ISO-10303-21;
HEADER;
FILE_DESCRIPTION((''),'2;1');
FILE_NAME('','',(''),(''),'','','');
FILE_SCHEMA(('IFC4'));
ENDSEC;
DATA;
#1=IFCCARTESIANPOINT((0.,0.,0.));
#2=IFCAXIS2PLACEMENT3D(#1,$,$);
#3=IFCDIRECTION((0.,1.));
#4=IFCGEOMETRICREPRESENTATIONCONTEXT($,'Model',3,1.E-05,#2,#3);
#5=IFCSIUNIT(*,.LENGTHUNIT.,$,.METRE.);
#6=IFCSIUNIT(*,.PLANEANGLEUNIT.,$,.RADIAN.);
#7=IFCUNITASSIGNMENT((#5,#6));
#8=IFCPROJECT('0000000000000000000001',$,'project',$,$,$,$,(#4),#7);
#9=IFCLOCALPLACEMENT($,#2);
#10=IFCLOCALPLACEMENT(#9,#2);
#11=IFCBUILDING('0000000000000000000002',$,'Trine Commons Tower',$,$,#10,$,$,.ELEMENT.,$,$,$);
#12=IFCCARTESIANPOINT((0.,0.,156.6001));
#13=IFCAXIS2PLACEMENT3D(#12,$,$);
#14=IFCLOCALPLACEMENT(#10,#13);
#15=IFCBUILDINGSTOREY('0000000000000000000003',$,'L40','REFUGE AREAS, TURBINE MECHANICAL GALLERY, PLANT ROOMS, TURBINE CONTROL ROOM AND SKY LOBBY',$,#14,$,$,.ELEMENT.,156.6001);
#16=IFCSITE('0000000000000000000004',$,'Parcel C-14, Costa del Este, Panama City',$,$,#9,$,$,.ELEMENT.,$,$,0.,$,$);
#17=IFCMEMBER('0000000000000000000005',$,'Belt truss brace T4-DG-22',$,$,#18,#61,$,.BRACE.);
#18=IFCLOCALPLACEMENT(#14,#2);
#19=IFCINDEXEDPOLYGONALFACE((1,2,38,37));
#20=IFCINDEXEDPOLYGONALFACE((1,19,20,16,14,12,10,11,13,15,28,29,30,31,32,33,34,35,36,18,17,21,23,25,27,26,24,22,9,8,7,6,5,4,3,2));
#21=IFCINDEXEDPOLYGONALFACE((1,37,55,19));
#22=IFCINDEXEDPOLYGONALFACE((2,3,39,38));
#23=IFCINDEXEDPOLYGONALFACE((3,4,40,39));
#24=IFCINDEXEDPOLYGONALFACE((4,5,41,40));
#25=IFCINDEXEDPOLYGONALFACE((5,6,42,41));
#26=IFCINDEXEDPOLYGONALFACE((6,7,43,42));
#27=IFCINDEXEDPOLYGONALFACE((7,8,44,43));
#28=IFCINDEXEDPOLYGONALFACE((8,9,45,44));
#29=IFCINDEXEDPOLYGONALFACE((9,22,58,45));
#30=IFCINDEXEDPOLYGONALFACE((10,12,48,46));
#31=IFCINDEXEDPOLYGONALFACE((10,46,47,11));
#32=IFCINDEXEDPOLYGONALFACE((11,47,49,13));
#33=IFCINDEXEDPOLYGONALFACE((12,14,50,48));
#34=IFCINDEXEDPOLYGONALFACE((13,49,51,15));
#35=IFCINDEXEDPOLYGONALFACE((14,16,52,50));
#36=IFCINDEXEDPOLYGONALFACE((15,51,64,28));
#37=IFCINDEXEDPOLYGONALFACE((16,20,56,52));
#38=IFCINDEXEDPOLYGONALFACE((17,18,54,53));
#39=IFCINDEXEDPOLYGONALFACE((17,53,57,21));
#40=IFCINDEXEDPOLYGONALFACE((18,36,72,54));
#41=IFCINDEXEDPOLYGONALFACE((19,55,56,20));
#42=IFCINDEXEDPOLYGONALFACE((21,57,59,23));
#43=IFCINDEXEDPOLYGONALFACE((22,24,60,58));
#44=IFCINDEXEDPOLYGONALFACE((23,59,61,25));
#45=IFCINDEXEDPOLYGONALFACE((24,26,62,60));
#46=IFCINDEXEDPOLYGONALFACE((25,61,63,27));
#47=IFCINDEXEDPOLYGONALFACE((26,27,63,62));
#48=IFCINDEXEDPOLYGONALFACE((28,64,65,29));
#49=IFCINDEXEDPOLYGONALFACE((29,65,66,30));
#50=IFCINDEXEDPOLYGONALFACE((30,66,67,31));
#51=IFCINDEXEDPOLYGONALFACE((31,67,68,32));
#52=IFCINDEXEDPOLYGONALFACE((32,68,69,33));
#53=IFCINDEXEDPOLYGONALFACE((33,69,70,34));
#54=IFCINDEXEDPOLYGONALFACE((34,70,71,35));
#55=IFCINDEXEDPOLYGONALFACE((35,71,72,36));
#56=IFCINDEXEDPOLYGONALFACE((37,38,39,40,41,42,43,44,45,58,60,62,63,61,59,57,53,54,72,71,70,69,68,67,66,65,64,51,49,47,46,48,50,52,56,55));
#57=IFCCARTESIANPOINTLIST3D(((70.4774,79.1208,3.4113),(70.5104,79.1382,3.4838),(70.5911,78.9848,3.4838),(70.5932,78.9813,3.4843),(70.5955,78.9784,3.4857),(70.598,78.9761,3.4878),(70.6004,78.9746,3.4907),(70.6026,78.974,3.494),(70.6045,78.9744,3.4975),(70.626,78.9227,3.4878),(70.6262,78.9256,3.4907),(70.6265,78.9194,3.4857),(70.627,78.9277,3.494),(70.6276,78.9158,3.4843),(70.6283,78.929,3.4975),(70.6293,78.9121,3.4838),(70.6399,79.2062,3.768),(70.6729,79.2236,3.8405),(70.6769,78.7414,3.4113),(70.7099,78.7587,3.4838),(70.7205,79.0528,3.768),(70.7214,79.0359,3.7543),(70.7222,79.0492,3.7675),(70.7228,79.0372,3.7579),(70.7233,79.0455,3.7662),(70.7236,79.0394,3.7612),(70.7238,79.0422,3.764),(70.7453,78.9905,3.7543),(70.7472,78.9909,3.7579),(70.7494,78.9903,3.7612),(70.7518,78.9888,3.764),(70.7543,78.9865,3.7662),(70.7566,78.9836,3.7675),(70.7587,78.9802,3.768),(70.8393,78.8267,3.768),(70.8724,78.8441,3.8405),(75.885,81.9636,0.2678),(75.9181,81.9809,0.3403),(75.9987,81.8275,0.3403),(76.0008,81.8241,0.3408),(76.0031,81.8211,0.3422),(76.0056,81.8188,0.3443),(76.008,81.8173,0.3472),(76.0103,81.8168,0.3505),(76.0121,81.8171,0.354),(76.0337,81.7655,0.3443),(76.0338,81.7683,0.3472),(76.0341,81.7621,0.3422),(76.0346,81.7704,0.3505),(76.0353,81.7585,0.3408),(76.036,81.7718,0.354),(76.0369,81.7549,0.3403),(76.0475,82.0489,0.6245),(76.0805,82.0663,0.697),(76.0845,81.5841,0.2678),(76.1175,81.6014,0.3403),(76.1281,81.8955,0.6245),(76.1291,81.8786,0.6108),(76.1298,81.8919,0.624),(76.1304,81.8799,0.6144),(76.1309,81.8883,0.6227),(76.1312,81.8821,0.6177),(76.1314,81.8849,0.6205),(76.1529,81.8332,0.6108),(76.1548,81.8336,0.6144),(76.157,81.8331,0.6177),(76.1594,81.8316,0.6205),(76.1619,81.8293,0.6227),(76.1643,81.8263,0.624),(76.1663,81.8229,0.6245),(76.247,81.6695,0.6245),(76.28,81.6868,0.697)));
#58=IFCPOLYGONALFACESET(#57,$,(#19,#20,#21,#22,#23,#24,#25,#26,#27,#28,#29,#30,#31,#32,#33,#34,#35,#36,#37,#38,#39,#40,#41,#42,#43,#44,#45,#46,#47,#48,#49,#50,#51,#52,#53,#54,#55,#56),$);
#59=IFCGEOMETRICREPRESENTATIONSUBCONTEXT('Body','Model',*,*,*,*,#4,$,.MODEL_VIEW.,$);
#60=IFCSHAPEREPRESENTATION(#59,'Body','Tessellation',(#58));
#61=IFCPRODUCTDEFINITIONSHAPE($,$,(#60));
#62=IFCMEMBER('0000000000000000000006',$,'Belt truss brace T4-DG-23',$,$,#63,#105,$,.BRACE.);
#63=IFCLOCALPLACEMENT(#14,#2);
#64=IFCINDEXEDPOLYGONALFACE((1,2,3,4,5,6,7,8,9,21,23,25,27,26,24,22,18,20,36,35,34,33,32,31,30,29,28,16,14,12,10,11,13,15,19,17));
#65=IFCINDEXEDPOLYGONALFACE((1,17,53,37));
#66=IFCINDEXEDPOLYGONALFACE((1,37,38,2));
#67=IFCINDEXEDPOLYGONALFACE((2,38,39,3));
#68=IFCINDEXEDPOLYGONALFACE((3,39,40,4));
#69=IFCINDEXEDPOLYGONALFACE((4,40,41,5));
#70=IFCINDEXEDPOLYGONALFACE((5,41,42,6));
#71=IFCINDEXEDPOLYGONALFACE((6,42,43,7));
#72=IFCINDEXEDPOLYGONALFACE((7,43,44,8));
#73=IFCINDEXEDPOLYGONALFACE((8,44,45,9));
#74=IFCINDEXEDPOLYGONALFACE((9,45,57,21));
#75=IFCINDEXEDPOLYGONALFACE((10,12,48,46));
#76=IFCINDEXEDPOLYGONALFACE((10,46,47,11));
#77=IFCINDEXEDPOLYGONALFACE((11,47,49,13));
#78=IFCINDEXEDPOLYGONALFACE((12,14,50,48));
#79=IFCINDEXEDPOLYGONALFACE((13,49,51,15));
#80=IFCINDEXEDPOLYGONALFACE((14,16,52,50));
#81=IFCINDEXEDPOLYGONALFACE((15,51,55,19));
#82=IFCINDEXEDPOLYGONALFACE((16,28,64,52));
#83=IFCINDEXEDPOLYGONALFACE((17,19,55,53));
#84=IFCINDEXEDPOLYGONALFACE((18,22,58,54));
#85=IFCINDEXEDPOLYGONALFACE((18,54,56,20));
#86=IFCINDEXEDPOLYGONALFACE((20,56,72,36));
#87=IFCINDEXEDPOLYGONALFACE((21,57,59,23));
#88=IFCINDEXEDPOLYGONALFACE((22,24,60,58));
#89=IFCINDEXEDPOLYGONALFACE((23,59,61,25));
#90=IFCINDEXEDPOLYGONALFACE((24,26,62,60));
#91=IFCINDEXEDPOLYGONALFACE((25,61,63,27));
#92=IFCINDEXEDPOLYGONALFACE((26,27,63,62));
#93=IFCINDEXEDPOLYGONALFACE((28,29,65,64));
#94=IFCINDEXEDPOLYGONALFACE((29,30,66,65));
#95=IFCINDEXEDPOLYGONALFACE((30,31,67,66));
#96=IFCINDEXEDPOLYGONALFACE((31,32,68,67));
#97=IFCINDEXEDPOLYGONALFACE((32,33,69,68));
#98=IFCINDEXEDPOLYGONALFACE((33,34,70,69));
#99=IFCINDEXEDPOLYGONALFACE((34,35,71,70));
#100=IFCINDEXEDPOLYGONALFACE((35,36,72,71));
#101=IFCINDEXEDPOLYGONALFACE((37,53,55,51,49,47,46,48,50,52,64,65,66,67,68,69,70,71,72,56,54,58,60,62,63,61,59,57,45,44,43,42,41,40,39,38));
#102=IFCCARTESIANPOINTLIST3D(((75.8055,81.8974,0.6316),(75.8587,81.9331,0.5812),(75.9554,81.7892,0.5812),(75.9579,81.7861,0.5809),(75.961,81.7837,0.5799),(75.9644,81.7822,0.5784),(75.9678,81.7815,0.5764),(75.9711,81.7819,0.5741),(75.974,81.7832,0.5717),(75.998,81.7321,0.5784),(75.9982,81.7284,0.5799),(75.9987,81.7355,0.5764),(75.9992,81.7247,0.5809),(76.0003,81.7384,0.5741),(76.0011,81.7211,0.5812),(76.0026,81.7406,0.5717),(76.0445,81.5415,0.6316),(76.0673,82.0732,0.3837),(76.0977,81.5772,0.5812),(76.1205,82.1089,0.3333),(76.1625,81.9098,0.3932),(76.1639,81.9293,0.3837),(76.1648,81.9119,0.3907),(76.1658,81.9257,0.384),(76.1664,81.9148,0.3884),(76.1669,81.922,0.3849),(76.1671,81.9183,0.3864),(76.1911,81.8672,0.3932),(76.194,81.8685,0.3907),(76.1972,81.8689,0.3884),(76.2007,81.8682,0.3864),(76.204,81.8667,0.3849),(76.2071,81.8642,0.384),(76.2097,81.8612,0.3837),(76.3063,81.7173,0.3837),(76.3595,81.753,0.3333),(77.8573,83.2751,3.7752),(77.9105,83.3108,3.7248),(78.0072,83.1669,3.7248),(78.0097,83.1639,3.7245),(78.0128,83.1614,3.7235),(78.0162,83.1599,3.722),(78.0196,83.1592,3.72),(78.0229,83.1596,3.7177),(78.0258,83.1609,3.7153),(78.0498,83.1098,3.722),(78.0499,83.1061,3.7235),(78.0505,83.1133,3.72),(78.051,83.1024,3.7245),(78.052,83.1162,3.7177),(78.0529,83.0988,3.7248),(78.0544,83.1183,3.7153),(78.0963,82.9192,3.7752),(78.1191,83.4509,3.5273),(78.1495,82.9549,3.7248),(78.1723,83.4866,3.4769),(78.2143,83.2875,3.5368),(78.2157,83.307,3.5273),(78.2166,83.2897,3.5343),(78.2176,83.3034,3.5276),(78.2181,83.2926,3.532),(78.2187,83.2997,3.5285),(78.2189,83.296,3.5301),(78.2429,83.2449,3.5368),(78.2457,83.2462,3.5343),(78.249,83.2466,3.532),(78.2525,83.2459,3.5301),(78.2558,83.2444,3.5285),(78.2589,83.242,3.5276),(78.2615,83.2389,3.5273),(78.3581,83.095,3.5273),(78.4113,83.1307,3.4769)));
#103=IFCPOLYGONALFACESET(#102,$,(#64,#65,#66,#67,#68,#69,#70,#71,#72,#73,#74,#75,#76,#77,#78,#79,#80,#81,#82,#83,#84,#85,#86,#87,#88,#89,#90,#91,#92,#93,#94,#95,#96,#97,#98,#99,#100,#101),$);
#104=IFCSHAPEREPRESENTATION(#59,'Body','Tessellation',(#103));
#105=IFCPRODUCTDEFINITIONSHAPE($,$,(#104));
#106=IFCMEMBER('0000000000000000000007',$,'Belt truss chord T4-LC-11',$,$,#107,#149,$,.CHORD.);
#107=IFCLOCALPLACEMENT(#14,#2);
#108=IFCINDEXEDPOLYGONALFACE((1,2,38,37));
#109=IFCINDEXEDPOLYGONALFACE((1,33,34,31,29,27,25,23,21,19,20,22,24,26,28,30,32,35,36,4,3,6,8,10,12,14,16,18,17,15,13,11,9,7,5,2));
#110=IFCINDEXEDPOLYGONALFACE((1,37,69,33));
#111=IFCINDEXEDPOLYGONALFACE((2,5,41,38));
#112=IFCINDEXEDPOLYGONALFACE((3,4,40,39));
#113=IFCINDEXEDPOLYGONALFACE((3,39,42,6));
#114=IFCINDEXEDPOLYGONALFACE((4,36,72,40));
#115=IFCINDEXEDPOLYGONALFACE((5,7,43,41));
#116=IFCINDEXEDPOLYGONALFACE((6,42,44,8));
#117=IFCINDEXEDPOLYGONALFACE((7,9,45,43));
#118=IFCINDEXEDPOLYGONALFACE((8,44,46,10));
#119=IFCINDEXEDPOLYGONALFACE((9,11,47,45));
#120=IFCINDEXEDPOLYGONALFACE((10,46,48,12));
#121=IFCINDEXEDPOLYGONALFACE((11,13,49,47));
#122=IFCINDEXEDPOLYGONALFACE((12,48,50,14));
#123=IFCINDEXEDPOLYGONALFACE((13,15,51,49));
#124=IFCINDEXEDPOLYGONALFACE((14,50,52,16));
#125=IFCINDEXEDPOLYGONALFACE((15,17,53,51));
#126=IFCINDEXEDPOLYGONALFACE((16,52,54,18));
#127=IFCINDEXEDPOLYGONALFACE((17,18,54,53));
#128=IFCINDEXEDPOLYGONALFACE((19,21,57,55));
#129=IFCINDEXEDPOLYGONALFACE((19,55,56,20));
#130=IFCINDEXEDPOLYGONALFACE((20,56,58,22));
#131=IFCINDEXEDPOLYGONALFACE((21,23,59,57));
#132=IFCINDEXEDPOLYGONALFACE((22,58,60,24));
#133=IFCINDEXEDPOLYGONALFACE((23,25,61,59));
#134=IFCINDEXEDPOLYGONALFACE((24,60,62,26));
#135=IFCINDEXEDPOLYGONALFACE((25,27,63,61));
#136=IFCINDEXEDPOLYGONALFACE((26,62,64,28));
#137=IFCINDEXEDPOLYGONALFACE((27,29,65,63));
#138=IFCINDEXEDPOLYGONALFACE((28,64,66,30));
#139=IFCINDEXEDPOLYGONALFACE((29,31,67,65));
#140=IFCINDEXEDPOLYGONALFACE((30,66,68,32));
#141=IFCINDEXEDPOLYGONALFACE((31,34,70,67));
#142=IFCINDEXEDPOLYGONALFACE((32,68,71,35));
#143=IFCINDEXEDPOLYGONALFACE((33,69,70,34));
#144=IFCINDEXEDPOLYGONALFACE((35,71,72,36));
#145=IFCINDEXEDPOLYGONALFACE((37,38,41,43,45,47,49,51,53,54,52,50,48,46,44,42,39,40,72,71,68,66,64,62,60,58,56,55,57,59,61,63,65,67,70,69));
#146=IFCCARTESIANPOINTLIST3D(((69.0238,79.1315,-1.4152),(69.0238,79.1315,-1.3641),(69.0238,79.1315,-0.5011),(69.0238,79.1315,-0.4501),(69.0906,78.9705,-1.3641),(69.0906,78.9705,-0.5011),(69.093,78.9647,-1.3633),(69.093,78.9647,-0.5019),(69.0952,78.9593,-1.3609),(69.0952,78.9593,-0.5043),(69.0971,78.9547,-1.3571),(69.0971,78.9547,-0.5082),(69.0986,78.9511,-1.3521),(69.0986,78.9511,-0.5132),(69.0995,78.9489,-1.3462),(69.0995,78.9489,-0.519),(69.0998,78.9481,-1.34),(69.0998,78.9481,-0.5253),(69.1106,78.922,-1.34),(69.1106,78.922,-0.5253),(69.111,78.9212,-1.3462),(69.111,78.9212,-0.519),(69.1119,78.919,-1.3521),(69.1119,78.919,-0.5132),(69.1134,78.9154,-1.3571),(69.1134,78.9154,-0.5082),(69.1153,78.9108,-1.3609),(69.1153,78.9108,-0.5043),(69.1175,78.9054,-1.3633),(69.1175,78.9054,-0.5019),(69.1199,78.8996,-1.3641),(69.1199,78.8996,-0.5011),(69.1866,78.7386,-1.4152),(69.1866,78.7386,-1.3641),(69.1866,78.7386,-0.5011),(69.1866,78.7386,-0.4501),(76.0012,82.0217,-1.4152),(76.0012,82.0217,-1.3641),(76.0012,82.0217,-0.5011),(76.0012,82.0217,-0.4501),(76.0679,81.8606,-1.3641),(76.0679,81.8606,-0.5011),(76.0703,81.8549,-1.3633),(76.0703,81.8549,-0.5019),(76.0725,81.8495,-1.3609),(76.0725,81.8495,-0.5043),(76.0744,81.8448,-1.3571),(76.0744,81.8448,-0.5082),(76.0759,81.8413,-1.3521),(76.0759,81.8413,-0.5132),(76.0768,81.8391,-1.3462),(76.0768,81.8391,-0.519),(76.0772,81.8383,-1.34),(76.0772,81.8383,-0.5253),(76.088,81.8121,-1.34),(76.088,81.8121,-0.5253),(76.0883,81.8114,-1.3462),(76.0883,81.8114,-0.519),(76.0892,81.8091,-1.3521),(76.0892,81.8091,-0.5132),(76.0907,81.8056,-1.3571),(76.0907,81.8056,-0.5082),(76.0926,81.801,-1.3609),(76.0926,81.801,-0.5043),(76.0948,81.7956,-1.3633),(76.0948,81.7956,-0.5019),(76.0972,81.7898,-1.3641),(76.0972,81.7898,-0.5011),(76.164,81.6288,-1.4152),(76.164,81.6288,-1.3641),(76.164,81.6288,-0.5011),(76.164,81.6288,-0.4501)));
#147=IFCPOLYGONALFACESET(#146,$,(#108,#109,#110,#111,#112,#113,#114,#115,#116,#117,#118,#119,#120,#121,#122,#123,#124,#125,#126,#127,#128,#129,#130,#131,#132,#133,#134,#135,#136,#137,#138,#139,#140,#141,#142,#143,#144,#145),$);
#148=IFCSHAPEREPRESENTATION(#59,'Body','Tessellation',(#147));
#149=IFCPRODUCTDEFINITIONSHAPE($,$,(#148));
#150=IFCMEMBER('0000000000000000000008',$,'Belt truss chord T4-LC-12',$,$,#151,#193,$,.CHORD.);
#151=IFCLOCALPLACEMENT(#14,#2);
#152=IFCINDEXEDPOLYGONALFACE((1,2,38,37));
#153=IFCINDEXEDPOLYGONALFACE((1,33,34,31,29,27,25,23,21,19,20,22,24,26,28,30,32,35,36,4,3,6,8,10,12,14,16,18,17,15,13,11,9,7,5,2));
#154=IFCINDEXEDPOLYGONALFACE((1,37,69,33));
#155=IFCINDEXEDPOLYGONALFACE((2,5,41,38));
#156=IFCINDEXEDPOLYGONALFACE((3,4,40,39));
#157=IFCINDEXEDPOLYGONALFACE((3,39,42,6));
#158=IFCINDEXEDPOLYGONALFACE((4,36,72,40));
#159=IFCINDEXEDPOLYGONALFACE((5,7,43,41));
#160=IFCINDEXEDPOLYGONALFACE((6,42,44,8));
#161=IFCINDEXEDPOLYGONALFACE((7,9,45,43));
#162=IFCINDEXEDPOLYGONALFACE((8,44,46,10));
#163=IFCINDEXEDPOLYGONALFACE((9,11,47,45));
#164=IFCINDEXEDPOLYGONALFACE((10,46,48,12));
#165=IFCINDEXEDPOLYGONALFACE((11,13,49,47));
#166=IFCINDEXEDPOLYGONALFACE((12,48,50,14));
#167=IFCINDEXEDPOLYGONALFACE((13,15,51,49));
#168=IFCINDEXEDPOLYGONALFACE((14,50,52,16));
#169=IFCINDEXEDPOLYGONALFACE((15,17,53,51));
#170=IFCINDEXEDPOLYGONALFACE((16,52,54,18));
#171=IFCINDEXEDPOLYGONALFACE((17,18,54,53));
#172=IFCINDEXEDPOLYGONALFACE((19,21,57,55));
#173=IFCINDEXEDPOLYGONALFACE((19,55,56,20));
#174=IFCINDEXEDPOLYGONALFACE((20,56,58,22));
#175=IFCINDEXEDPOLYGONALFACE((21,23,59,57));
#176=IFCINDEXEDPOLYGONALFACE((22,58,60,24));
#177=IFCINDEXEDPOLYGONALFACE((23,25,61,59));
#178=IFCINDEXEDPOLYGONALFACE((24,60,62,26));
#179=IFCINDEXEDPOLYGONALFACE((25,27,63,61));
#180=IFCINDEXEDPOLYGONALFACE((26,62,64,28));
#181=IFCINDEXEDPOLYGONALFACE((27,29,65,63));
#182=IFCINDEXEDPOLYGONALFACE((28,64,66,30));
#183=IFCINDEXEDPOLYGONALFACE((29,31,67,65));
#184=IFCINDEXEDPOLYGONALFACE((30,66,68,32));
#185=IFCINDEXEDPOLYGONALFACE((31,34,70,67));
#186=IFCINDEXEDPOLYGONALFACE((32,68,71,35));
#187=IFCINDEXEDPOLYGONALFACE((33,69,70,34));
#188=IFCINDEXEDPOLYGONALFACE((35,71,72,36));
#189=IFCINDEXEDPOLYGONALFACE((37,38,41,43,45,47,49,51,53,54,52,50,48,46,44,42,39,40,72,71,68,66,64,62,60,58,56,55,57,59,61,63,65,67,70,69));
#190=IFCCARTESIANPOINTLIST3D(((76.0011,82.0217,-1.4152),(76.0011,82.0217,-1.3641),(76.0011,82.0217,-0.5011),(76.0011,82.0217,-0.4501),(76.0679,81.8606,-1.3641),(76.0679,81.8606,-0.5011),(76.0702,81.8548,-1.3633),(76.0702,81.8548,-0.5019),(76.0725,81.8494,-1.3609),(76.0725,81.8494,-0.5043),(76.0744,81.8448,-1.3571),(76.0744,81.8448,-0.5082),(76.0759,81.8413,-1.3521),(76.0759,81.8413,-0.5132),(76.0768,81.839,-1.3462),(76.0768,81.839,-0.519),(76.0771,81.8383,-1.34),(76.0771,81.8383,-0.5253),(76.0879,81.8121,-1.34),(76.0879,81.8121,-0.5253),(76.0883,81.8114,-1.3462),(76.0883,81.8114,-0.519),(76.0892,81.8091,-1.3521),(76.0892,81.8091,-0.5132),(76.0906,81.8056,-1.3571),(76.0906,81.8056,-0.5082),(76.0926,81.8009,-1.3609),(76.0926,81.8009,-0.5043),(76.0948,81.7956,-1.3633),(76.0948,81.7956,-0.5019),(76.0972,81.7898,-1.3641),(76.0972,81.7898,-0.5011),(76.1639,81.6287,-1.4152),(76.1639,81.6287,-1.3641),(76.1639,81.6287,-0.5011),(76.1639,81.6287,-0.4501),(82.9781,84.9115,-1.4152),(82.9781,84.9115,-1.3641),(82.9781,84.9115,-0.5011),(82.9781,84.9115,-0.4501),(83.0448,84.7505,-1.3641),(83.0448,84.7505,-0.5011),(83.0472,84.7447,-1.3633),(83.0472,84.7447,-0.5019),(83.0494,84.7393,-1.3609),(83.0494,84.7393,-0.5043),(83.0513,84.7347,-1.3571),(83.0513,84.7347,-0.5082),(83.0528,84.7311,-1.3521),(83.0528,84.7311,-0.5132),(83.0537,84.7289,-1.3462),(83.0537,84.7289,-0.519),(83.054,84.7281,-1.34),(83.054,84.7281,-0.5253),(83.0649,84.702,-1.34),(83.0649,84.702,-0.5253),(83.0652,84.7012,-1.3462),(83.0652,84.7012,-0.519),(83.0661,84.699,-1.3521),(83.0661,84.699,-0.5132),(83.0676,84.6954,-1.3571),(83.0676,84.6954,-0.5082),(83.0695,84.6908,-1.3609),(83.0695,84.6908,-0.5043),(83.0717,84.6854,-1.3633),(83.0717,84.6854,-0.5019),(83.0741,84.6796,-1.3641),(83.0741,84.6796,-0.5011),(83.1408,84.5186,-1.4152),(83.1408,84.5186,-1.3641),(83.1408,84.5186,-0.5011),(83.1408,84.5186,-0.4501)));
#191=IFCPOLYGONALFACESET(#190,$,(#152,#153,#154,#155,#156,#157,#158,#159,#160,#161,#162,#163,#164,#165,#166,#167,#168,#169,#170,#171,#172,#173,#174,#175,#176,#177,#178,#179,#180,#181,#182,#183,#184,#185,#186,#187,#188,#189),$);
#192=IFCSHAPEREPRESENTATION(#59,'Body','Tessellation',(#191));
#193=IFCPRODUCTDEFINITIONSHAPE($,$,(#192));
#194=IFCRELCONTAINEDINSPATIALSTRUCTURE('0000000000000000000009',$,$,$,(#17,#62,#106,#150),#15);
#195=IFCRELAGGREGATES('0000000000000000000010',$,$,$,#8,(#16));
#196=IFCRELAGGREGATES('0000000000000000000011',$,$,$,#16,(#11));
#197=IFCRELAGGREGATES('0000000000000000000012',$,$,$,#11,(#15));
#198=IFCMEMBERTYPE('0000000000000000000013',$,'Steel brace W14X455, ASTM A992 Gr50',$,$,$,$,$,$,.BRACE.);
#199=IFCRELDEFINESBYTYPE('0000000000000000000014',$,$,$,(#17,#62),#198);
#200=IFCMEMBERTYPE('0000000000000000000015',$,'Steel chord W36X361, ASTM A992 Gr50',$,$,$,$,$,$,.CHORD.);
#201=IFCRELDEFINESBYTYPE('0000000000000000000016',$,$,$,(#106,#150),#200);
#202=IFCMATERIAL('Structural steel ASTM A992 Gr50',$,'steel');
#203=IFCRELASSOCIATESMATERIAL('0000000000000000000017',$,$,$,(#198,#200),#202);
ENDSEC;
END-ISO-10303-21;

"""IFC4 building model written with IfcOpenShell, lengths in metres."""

from ifc_helpers import new_model, si_unit, direction, frame, origin, origin_2d, place, context, subcontext, project, spatial, i_section, extrude, material, material_profile, profile_set, type_object, element, save


model = new_model("IFC4")

# Units and contexts
model_context = context("Model", 3, precision=1e-05, world=origin(), true_north=direction((0.0, 1.0)))
body_context = subcontext(model_context, "Body", "Model", "MODEL_VIEW")
ifc_project = project(units=[si_unit("LENGTHUNIT", "METRE"), si_unit("PLANEANGLEUNIT", "RADIAN")], contexts=[model_context])

# Site, building, storey
site_placement = place(None, origin())
site = spatial("IfcSite", under=ifc_project, at=site_placement, Name="Parcel C-14, Costa del Este, Panama City", CompositionType="ELEMENT", RefElevation=0.0)
building_placement = place(site_placement, origin())
building = spatial("IfcBuilding", under=site, at=building_placement, Name="Trine Commons Tower", CompositionType="ELEMENT")
storey_placement = place(building_placement, frame((0.0, 0.0, 156.6001)))
storey = spatial("IfcBuildingStorey", under=building, at=storey_placement, Name="L40", Description="REFUGE AREAS, TURBINE MECHANICAL GALLERY, PLANT ROOMS, TURBINE CONTROL ROOM AND SKY LOBBY", CompositionType="ELEMENT", Elevation=156.6001)

# Members
ifc_material_1 = material(Name="Structural steel ASTM A992 Gr50", Category="steel")
ifc_material_profile_1 = material_profile(ifc_material_1, i_section(OverallWidth=0.4287, OverallDepth=0.4827, WebThickness=0.0513, FlangeThickness=0.0815, FilletRadius=0.0154, at=origin_2d()), Name="W14X455")
ifc_profile_set_1 = profile_set([ifc_material_profile_1], Name="Structural steel ASTM A992 Gr50")
member_type_1 = type_object("IfcMemberType", Name="Steel brace W14X455, ASTM A992 Gr50", PredefinedType="BRACE", material=ifc_profile_set_1)
member_1_placement = place(storey_placement, frame((76.0825, 81.8252, 0.4824), z_axis=(-0.787068, -0.413752, 0.45753), x_axis=(0.465312, -0.885147, 0.0)))
element("IfcMember", 1, at=member_1_placement, inside=storey, type_object=member_type_1, Name="Belt truss brace T4-DG-22", PredefinedType="BRACE", context=body_context, shape_type="SweptSolid", body=[
    extrude(i_section(OverallWidth=0.4287, OverallDepth=0.4827, WebThickness=0.0513, FlangeThickness=0.0815, FilletRadius=0.0154, at=origin_2d()), origin(), (0.0, 0.0, 1.0), 6.8706),
])
member_2_placement = place(storey_placement, frame((76.0825, 81.8252, 0.4824), z_axis=(0.513105, 0.344533, 0.786143), x_axis=(-0.557456, 0.830207, 0.0)))
element("IfcMember", 2, at=member_2_placement, inside=storey, type_object=member_type_1, Name="Belt truss brace T4-DG-23", PredefinedType="BRACE", context=body_context, shape_type="SweptSolid", body=[
    extrude(i_section(OverallWidth=0.4287, OverallDepth=0.4827, WebThickness=0.0513, FlangeThickness=0.0815, FilletRadius=0.0154, at=origin_2d()), origin(), (0.0, 0.0, 1.0), 3.9988),
])
ifc_material_profile_2 = material_profile(ifc_material_1, i_section(OverallWidth=0.4253, OverallDepth=0.9651, WebThickness=0.0283, FlangeThickness=0.051, FilletRadius=0.0242, at=origin_2d()), Name="W36X361")
ifc_profile_set_2 = profile_set([ifc_material_profile_2], Name="Structural steel ASTM A992 Gr50")
member_type_2 = type_object("IfcMemberType", Name="Steel chord W36X361, ASTM A992 Gr50", PredefinedType="CHORD", material=ifc_profile_set_2)
member_3_placement = place(storey_placement, frame((69.1052, 78.9351, -0.9326), z_axis=(0.923877, 0.382689, 0.0), x_axis=(-0.382689, 0.923877, 0.0)))
element("IfcMember", 3, at=member_3_placement, inside=storey, type_object=member_type_2, Name="Belt truss chord T4-LC-11", PredefinedType="CHORD", context=body_context, shape_type="SweptSolid", body=[
    extrude(i_section(OverallWidth=0.4253, OverallDepth=0.9651, WebThickness=0.0283, FlangeThickness=0.051, FilletRadius=0.0242, at=origin_2d()), origin(), (0.0, 0.0, 1.0), 7.5522),
])
member_4_placement = place(storey_placement, frame((76.0825, 81.8252, -0.9326), z_axis=(0.923884, 0.382673, 0.0), x_axis=(-0.382673, 0.923884, 0.0)))
element("IfcMember", 4, at=member_4_placement, inside=storey, type_object=member_type_2, Name="Belt truss chord T4-LC-12", PredefinedType="CHORD", context=body_context, shape_type="SweptSolid", body=[
    extrude(i_section(OverallWidth=0.4253, OverallDepth=0.9651, WebThickness=0.0283, FlangeThickness=0.051, FilletRadius=0.0242, at=origin_2d()), origin(), (0.0, 0.0, 1.0), 7.5518),
])

save(model, "model.ifc")
